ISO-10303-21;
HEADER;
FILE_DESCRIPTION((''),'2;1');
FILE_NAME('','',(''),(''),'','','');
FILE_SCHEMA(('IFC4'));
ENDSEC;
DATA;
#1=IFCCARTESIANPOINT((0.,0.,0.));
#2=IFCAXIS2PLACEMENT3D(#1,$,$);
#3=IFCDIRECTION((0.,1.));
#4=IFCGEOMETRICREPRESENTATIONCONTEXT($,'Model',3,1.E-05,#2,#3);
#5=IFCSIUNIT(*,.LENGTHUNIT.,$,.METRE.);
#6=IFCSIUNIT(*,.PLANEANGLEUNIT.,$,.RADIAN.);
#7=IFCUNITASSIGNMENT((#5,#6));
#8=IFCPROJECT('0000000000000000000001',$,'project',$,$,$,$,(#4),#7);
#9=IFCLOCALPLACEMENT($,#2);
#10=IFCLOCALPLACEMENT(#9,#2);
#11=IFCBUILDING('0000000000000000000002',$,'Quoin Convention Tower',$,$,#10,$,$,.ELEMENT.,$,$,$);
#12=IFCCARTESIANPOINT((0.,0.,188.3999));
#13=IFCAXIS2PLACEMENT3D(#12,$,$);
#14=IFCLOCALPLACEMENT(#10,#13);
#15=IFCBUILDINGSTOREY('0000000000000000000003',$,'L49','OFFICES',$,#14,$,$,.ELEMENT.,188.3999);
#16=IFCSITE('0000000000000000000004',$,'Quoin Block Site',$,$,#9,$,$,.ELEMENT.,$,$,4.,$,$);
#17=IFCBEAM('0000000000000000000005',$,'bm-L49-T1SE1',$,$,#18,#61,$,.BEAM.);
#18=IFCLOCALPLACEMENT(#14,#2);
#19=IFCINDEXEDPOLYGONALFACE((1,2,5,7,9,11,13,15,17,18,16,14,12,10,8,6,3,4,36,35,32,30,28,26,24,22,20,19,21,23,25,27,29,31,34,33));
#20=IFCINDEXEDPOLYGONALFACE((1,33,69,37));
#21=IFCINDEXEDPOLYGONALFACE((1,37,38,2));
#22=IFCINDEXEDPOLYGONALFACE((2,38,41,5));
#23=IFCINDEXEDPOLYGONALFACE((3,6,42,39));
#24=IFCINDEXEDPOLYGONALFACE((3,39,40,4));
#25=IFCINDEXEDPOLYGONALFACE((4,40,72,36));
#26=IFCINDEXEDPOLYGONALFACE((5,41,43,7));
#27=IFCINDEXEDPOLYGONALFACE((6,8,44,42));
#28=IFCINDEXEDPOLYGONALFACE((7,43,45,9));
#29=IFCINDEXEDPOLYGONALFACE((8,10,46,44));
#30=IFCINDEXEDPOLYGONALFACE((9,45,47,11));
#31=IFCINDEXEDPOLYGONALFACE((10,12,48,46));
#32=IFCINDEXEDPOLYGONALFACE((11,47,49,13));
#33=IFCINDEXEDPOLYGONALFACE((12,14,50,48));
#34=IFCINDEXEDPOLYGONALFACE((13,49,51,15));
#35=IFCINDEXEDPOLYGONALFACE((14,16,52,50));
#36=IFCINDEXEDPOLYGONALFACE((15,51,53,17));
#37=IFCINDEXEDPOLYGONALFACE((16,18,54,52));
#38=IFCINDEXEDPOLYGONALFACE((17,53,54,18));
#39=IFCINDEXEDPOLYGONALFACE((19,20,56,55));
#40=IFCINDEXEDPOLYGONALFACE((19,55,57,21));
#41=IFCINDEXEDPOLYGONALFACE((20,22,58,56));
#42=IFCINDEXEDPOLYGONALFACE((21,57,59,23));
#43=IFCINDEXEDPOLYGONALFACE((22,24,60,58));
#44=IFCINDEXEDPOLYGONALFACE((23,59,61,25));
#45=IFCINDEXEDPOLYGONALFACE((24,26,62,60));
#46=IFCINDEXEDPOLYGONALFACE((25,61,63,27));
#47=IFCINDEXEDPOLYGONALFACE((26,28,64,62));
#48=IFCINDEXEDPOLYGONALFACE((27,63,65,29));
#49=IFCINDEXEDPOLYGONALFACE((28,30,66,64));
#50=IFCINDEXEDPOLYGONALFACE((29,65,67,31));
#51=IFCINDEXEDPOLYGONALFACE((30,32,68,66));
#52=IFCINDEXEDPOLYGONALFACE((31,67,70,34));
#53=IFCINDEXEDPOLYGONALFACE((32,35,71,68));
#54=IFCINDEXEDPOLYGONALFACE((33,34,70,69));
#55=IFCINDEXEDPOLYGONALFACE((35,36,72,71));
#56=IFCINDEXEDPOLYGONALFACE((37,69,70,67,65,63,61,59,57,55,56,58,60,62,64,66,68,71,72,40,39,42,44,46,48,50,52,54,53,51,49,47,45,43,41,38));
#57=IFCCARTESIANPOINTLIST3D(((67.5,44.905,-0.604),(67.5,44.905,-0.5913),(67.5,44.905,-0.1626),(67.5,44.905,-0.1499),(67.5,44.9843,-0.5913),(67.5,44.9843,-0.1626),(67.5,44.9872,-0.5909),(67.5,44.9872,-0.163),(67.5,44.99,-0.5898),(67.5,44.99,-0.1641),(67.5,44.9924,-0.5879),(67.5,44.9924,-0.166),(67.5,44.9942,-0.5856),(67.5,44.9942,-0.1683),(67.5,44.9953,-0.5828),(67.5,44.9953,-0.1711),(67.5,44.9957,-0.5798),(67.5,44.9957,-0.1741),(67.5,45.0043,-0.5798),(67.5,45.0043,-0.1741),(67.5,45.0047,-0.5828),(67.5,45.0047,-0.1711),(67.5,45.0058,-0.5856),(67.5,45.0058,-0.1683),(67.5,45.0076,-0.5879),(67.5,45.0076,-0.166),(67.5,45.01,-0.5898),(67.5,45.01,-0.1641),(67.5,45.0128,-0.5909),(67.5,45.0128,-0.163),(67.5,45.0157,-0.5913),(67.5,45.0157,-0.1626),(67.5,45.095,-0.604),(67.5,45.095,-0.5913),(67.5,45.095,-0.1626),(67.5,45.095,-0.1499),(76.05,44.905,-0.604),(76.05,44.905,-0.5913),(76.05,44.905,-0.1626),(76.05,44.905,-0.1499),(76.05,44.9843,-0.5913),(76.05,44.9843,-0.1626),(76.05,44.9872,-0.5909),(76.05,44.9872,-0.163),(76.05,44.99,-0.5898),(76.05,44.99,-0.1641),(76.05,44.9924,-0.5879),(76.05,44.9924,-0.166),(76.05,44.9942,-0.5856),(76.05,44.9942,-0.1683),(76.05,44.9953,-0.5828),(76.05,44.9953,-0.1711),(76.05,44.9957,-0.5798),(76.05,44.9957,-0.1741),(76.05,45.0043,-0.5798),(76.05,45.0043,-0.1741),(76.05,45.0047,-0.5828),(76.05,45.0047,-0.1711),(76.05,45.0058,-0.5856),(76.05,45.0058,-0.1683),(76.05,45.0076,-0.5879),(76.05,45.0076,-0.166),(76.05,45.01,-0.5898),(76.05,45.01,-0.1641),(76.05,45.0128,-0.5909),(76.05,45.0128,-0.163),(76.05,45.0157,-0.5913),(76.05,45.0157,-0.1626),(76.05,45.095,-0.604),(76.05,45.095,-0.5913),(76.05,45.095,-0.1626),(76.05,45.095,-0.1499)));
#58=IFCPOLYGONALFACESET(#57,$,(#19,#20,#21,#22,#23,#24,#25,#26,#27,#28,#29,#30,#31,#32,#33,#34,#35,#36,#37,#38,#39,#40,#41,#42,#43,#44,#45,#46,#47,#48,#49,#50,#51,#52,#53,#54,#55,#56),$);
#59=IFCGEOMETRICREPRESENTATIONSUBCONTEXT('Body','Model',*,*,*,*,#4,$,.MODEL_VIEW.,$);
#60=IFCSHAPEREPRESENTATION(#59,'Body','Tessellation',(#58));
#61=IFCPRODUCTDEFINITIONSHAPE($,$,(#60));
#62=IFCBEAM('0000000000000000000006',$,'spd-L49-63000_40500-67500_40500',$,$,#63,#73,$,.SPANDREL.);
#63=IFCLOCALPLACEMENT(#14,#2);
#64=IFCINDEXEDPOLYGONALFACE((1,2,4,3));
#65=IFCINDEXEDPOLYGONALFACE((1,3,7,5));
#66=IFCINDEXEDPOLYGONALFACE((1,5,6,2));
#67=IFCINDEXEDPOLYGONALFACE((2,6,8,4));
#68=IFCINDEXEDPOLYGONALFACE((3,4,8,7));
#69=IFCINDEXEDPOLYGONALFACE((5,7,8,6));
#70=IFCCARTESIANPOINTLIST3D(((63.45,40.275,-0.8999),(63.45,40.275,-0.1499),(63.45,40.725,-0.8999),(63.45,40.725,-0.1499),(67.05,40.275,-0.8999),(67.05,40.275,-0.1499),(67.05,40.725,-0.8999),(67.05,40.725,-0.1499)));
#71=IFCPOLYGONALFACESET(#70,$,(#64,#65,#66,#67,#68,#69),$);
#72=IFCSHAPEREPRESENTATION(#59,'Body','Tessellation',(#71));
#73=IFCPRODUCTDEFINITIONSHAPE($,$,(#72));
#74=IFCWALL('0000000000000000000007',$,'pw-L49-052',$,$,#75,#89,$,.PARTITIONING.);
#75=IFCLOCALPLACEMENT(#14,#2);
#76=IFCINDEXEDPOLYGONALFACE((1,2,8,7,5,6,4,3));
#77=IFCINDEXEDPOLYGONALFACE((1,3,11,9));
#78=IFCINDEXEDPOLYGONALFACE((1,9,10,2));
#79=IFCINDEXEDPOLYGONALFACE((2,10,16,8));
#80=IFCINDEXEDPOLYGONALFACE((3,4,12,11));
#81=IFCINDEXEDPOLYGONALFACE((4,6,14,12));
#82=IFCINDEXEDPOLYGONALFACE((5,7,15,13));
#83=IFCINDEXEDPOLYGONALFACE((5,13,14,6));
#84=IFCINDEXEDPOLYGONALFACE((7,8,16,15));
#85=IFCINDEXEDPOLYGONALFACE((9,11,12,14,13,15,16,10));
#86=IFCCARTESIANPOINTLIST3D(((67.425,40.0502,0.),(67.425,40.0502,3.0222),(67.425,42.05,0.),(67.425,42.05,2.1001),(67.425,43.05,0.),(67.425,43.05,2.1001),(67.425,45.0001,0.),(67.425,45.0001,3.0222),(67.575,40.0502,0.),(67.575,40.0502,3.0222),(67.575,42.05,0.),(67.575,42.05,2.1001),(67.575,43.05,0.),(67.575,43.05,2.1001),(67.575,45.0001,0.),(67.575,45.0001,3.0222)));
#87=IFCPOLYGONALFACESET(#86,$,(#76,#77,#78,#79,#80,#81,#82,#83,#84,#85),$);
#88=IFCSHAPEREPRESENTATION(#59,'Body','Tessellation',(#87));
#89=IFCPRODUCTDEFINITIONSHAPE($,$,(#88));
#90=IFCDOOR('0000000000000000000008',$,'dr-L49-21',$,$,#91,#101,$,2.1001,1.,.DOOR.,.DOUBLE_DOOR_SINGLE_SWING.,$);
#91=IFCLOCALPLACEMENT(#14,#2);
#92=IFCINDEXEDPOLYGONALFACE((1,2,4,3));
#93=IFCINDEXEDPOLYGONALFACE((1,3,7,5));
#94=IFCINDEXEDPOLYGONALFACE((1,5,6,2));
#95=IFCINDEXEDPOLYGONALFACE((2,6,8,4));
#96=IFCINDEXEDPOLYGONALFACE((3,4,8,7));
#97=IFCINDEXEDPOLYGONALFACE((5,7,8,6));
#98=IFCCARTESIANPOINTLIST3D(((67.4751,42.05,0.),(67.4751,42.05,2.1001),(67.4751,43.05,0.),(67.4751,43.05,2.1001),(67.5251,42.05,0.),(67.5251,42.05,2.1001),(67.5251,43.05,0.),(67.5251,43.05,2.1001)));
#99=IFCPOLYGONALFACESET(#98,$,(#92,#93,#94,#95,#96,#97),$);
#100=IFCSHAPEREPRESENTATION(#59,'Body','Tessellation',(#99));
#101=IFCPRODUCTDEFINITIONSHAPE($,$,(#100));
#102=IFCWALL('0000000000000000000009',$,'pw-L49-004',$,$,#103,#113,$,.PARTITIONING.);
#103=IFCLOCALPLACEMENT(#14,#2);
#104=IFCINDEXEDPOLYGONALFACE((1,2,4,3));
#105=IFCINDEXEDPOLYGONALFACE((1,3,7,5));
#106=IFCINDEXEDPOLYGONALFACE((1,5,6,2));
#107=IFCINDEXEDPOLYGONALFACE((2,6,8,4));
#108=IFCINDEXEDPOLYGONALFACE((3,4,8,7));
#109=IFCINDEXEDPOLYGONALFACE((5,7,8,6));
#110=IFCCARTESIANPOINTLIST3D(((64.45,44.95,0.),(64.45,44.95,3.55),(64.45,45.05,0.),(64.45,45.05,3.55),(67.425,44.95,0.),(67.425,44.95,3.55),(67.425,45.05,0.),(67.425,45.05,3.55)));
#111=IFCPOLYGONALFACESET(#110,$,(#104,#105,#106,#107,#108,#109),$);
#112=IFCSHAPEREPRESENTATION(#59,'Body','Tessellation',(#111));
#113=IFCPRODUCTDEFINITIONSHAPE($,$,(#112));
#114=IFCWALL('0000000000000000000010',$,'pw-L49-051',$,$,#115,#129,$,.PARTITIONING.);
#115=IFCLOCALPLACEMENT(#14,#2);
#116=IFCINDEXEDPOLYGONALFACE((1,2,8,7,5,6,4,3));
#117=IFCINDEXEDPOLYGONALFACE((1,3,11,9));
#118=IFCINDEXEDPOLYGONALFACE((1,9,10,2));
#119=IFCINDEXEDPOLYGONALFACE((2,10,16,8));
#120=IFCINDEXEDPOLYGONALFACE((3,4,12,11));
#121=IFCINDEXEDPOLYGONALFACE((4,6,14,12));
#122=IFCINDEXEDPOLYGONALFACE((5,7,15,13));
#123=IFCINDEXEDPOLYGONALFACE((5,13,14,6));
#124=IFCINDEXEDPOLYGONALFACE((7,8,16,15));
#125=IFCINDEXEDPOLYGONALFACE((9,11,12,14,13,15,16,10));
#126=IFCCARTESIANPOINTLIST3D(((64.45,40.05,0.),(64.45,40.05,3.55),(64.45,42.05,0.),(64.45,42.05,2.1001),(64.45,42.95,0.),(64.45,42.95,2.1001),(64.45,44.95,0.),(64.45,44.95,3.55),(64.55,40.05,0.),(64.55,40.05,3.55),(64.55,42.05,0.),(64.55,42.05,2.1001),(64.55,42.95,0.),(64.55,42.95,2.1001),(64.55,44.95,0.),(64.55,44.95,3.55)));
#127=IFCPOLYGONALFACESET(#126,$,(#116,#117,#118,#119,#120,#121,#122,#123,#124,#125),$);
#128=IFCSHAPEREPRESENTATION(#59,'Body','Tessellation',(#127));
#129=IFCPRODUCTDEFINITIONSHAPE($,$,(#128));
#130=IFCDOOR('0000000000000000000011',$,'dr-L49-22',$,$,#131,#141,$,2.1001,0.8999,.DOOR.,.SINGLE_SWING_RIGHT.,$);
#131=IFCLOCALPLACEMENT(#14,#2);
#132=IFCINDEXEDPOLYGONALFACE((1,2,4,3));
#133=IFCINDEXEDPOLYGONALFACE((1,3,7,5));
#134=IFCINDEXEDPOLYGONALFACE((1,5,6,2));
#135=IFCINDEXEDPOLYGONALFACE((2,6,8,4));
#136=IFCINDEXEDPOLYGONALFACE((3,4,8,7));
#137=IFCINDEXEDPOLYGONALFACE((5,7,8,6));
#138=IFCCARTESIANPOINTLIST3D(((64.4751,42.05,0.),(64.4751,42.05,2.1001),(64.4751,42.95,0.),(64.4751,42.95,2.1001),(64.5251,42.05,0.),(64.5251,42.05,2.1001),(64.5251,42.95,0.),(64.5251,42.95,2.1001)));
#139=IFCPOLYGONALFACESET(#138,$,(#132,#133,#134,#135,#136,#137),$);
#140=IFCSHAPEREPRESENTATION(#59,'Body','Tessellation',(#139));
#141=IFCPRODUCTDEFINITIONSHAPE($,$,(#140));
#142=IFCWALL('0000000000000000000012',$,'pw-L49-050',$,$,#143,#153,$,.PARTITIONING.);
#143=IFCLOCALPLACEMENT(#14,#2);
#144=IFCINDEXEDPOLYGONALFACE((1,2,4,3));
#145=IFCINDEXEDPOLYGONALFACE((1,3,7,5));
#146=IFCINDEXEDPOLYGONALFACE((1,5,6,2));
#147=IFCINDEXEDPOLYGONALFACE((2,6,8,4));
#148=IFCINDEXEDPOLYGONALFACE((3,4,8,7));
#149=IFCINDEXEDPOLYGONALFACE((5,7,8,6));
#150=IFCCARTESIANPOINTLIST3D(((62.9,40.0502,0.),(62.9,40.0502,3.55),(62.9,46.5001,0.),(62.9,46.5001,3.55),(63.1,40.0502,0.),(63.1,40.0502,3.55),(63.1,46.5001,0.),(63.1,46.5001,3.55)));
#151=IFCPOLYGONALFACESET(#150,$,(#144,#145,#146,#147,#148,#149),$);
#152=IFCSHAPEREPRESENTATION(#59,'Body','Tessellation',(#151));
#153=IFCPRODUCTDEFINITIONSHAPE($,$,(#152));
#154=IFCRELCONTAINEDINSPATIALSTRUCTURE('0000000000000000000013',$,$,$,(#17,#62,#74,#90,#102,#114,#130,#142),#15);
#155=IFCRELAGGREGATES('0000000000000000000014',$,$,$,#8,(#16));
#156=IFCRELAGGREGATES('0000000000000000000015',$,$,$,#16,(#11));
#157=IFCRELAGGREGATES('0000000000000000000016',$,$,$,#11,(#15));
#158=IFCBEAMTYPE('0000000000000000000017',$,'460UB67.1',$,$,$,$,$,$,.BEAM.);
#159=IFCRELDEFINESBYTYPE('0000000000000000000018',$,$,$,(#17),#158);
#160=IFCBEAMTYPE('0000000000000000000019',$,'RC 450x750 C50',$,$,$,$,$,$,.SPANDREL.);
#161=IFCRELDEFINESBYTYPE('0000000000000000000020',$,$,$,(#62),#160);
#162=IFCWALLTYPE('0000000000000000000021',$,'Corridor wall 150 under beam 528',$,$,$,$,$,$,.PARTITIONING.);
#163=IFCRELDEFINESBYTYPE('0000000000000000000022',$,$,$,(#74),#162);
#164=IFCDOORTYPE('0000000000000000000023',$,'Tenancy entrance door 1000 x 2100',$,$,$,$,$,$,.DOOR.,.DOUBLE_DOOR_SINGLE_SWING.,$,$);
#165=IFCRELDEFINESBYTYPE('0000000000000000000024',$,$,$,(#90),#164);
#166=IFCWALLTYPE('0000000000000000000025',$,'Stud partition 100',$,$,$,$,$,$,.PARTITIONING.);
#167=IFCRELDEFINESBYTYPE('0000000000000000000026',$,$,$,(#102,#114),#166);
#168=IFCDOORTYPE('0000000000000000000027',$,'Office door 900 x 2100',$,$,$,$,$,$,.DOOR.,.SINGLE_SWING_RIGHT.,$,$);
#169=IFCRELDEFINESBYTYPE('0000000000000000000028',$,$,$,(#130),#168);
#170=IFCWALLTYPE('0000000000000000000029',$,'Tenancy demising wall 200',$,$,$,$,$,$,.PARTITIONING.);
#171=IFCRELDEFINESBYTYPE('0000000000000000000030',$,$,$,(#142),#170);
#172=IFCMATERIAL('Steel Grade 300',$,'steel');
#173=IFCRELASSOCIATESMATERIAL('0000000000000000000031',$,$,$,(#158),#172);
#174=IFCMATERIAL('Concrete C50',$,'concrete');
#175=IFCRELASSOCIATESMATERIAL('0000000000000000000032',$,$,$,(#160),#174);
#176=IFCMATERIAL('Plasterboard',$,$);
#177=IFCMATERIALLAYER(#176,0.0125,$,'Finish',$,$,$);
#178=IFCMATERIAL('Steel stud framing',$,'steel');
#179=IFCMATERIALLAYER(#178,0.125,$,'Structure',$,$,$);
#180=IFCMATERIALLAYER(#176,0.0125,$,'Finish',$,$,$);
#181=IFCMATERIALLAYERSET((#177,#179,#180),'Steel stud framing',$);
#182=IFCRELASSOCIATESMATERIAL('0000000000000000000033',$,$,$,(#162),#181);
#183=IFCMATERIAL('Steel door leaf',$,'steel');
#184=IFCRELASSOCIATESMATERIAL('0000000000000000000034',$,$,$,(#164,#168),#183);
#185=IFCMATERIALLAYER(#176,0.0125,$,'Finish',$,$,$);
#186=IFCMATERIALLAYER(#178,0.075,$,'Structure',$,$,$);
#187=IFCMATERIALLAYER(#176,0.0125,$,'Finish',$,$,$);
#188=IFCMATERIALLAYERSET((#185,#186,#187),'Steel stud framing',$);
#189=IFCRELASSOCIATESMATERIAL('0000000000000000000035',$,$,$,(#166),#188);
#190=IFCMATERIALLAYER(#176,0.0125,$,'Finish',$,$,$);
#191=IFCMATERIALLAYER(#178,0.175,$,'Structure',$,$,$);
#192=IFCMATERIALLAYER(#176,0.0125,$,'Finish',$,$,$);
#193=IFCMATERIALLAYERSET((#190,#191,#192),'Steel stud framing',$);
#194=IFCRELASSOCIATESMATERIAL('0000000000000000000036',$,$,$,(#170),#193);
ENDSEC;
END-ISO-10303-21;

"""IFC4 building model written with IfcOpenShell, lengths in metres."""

from ifc_helpers import new_model, si_unit, direction, frame, frame_2d, origin, origin_2d, place, context, subcontext, project, spatial, rectangle, i_section, extrude, material, layer, layer_set, material_profile, profile_set, type_object, element, fill, save


model = new_model("IFC4")

# Units and contexts
model_context = context("Model", 3, precision=1e-05, world=origin(), true_north=direction((0.0, 1.0)))
body_context = subcontext(model_context, "Body", "Model", "MODEL_VIEW")
ifc_project = project(units=[si_unit("LENGTHUNIT", "METRE"), si_unit("PLANEANGLEUNIT", "RADIAN")], contexts=[model_context])

# Site, building, storey
site_placement = place(None, origin())
site = spatial("IfcSite", under=ifc_project, at=site_placement, Name="Quoin Block Site", CompositionType="ELEMENT", RefElevation=4.0)
building_placement = place(site_placement, origin())
building = spatial("IfcBuilding", under=site, at=building_placement, Name="Quoin Convention Tower", CompositionType="ELEMENT")
storey_placement = place(building_placement, frame((0.0, 0.0, 188.3999)))
storey = spatial("IfcBuildingStorey", under=building, at=storey_placement, Name="L49", Description="OFFICES", CompositionType="ELEMENT", Elevation=188.3999)

# Shared definitions
ifc_material_1 = material(Name="Concrete C50", Category="concrete")

# Beams
ifc_material_2 = material(Name="Steel Grade 300", Category="steel")
ifc_material_profile_1 = material_profile(ifc_material_2, i_section(OverallWidth=0.1899, OverallDepth=0.4541, WebThickness=0.0085, FlangeThickness=0.0127, FilletRadius=0.0115, at=origin_2d()), Name="460UB67.1")
ifc_profile_set_1 = profile_set([ifc_material_profile_1], Name="Steel Grade 300")
beam_type_1 = type_object("IfcBeamType", Name="460UB67.1", PredefinedType="BEAM", material=ifc_profile_set_1)
beam_1_placement = place(storey_placement, frame((67.5, 45.0, -0.377), z_axis=(1.0, 0.0, 0.0), x_axis=(0.0, 1.0, 0.0)))
element("IfcBeam", 1, at=beam_1_placement, inside=storey, type_object=beam_type_1, Name="bm-L49-T1SE1", PredefinedType="BEAM", context=body_context, shape_type="SweptSolid", body=[
    extrude(i_section(OverallWidth=0.1899, OverallDepth=0.4541, WebThickness=0.0085, FlangeThickness=0.0127, FilletRadius=0.0115, at=origin_2d()), origin(), (0.0, 0.0, 1.0), 8.55),
])
ifc_material_profile_2 = material_profile(ifc_material_1, rectangle(XDim=0.45, YDim=0.75, at=origin_2d()), Name="RC 450x750")
ifc_profile_set_2 = profile_set([ifc_material_profile_2], Name="Concrete C50")
beam_type_2 = type_object("IfcBeamType", Name="RC 450x750 C50", PredefinedType="SPANDREL", material=ifc_profile_set_2)
beam_2_placement = place(storey_placement, frame((63.45, 40.5, -0.5249), z_axis=(1.0, 0.0, 0.0), x_axis=(0.0, 1.0, 0.0)))
element("IfcBeam", 2, at=beam_2_placement, inside=storey, type_object=beam_type_2, Name="spd-L49-63000_40500-67500_40500", PredefinedType="SPANDREL", context=body_context, shape_type="SweptSolid", body=[
    extrude(rectangle(XDim=0.45, YDim=0.75, at=origin_2d()), origin(), (0.0, 0.0, 1.0), 3.6001),
])

# Wall, opening, door
ifc_material_3 = material(Name="Plasterboard")
ifc_layer_1 = layer(ifc_material_3, 0.0125, Name="Finish")
ifc_material_4 = material(Name="Steel stud framing", Category="steel")
ifc_layer_2 = layer(ifc_material_4, 0.125, Name="Structure")
ifc_layer_3 = layer(ifc_material_3, 0.0125, Name="Finish")
ifc_layer_set_1 = layer_set([ifc_layer_1, ifc_layer_2, ifc_layer_3], Name="Steel stud framing")
wall_type_1 = type_object("IfcWallType", Name="Corridor wall 150 under beam 528", PredefinedType="PARTITIONING", material=ifc_layer_set_1)
wall_1_placement = place(storey_placement, frame((67.5, 40.05, 0.0), z_axis=(0.0, 0.0, 1.0), x_axis=(0.0, 1.0, 0.0)))
wall_1 = element("IfcWall", 3, at=wall_1_placement, inside=storey, type_object=wall_type_1, Name="pw-L49-052", PredefinedType="PARTITIONING", context=body_context, shape_type="SweptSolid", body=[
    extrude(rectangle(XDim=4.95, YDim=0.1499, at=frame_2d((2.4751, 0.0))), origin(), (0.0, 0.0, 1.0), 3.0222),
])
opening_1_placement = place(wall_1_placement, frame((2.0, 0.0, 0.0)))
opening_1 = element("IfcOpeningElement", 4, at=opening_1_placement, cuts=wall_1, PredefinedType="OPENING", context=body_context, shape_type="SweptSolid", body=[
    extrude(rectangle(XDim=1.0, YDim=2.1001, at=frame_2d((0.5, 1.05))), frame((0.0, 0.085, 0.0), z_axis=(0.0, -1.0, 0.0), x_axis=(1.0, 0.0, 0.0)), (0.0, 0.0, 1.0), 0.1699),
])
ifc_material_5 = material(Name="Steel door leaf", Category="steel")
door_type_1 = type_object("IfcDoorType", Name="Tenancy entrance door 1000 x 2100", OperationType="DOUBLE_DOOR_SINGLE_SWING", PredefinedType="DOOR", material=ifc_material_5)
door_1_placement = place(opening_1_placement, origin())
door_1 = element("IfcDoor", 5, at=door_1_placement, inside=storey, type_object=door_type_1, Name="dr-L49-21", OperationType="DOUBLE_DOOR_SINGLE_SWING", OverallHeight=2.1001, OverallWidth=1.0, PredefinedType="DOOR", context=body_context, shape_type="SweptSolid", body=[
    extrude(rectangle(XDim=1.0, YDim=2.1001, at=frame_2d((0.5, 1.05))), frame((0.0, 0.0249, 0.0), z_axis=(0.0, -1.0, 0.0), x_axis=(1.0, 0.0, 0.0)), (0.0, 0.0, 1.0), 0.05),
])
fill(opening_1, door_1)

# Wall
ifc_layer_4 = layer(ifc_material_3, 0.0125, Name="Finish")
ifc_layer_5 = layer(ifc_material_4, 0.075, Name="Structure")
ifc_layer_6 = layer(ifc_material_3, 0.0125, Name="Finish")
ifc_layer_set_2 = layer_set([ifc_layer_4, ifc_layer_5, ifc_layer_6], Name="Steel stud framing")
wall_type_2 = type_object("IfcWallType", Name="Stud partition 100", PredefinedType="PARTITIONING", material=ifc_layer_set_2)
wall_2_placement = place(storey_placement, frame((64.45, 45.0, 0.0), z_axis=(0.0, 0.0, 1.0), x_axis=(1.0, 0.0, 0.0)))
element("IfcWall", 6, at=wall_2_placement, inside=storey, type_object=wall_type_2, Name="pw-L49-004", PredefinedType="PARTITIONING", context=body_context, shape_type="SweptSolid", body=[
    extrude(rectangle(XDim=2.9751, YDim=0.1001, at=frame_2d((1.4875, 0.0))), origin(), (0.0, 0.0, 1.0), 3.55),
])

# Wall, opening, door
wall_3_placement = place(storey_placement, frame((64.5, 40.05, 0.0), z_axis=(0.0, 0.0, 1.0), x_axis=(0.0, 1.0, 0.0)))
wall_3 = element("IfcWall", 7, at=wall_3_placement, inside=storey, type_object=wall_type_2, Name="pw-L49-051", PredefinedType="PARTITIONING", context=body_context, shape_type="SweptSolid", body=[
    extrude(rectangle(XDim=4.8999, YDim=0.1001, at=frame_2d((2.45, 0.0))), origin(), (0.0, 0.0, 1.0), 3.55),
])
opening_2_placement = place(wall_3_placement, frame((2.0, 0.0, 0.0)))
opening_2 = element("IfcOpeningElement", 8, at=opening_2_placement, cuts=wall_3, PredefinedType="OPENING", context=body_context, shape_type="SweptSolid", body=[
    extrude(rectangle(XDim=0.8999, YDim=2.1001, at=frame_2d((0.45, 1.05))), frame((0.0, 0.0601, 0.0), z_axis=(0.0, -1.0, 0.0), x_axis=(1.0, 0.0, 0.0)), (0.0, 0.0, 1.0), 0.1201),
])
door_type_2 = type_object("IfcDoorType", Name="Office door 900 x 2100", OperationType="SINGLE_SWING_RIGHT", PredefinedType="DOOR", material=ifc_material_5)
door_2_placement = place(opening_2_placement, origin())
door_2 = element("IfcDoor", 9, at=door_2_placement, inside=storey, type_object=door_type_2, Name="dr-L49-22", OperationType="SINGLE_SWING_RIGHT", OverallHeight=2.1001, OverallWidth=0.8999, PredefinedType="DOOR", context=body_context, shape_type="SweptSolid", body=[
    extrude(rectangle(XDim=0.8999, YDim=2.1001, at=frame_2d((0.45, 1.05))), frame((0.0, 0.0249, 0.0), z_axis=(0.0, -1.0, 0.0), x_axis=(1.0, 0.0, 0.0)), (0.0, 0.0, 1.0), 0.05),
])
fill(opening_2, door_2)

# Wall
ifc_layer_7 = layer(ifc_material_3, 0.0125, Name="Finish")
ifc_layer_8 = layer(ifc_material_4, 0.175, Name="Structure")
ifc_layer_9 = layer(ifc_material_3, 0.0125, Name="Finish")
ifc_layer_set_3 = layer_set([ifc_layer_7, ifc_layer_8, ifc_layer_9], Name="Steel stud framing")
wall_type_3 = type_object("IfcWallType", Name="Tenancy demising wall 200", PredefinedType="PARTITIONING", material=ifc_layer_set_3)
wall_4_placement = place(storey_placement, frame((63.0, 40.05, 0.0), z_axis=(0.0, 0.0, 1.0), x_axis=(0.0, 1.0, 0.0)))
element("IfcWall", 10, at=wall_4_placement, inside=storey, type_object=wall_type_3, Name="pw-L49-050", PredefinedType="PARTITIONING", context=body_context, shape_type="SweptSolid", body=[
    extrude(rectangle(XDim=6.45, YDim=0.2, at=frame_2d((3.2251, 0.0))), origin(), (0.0, 0.0, 1.0), 3.55),
])

save(model, "model.ifc")
